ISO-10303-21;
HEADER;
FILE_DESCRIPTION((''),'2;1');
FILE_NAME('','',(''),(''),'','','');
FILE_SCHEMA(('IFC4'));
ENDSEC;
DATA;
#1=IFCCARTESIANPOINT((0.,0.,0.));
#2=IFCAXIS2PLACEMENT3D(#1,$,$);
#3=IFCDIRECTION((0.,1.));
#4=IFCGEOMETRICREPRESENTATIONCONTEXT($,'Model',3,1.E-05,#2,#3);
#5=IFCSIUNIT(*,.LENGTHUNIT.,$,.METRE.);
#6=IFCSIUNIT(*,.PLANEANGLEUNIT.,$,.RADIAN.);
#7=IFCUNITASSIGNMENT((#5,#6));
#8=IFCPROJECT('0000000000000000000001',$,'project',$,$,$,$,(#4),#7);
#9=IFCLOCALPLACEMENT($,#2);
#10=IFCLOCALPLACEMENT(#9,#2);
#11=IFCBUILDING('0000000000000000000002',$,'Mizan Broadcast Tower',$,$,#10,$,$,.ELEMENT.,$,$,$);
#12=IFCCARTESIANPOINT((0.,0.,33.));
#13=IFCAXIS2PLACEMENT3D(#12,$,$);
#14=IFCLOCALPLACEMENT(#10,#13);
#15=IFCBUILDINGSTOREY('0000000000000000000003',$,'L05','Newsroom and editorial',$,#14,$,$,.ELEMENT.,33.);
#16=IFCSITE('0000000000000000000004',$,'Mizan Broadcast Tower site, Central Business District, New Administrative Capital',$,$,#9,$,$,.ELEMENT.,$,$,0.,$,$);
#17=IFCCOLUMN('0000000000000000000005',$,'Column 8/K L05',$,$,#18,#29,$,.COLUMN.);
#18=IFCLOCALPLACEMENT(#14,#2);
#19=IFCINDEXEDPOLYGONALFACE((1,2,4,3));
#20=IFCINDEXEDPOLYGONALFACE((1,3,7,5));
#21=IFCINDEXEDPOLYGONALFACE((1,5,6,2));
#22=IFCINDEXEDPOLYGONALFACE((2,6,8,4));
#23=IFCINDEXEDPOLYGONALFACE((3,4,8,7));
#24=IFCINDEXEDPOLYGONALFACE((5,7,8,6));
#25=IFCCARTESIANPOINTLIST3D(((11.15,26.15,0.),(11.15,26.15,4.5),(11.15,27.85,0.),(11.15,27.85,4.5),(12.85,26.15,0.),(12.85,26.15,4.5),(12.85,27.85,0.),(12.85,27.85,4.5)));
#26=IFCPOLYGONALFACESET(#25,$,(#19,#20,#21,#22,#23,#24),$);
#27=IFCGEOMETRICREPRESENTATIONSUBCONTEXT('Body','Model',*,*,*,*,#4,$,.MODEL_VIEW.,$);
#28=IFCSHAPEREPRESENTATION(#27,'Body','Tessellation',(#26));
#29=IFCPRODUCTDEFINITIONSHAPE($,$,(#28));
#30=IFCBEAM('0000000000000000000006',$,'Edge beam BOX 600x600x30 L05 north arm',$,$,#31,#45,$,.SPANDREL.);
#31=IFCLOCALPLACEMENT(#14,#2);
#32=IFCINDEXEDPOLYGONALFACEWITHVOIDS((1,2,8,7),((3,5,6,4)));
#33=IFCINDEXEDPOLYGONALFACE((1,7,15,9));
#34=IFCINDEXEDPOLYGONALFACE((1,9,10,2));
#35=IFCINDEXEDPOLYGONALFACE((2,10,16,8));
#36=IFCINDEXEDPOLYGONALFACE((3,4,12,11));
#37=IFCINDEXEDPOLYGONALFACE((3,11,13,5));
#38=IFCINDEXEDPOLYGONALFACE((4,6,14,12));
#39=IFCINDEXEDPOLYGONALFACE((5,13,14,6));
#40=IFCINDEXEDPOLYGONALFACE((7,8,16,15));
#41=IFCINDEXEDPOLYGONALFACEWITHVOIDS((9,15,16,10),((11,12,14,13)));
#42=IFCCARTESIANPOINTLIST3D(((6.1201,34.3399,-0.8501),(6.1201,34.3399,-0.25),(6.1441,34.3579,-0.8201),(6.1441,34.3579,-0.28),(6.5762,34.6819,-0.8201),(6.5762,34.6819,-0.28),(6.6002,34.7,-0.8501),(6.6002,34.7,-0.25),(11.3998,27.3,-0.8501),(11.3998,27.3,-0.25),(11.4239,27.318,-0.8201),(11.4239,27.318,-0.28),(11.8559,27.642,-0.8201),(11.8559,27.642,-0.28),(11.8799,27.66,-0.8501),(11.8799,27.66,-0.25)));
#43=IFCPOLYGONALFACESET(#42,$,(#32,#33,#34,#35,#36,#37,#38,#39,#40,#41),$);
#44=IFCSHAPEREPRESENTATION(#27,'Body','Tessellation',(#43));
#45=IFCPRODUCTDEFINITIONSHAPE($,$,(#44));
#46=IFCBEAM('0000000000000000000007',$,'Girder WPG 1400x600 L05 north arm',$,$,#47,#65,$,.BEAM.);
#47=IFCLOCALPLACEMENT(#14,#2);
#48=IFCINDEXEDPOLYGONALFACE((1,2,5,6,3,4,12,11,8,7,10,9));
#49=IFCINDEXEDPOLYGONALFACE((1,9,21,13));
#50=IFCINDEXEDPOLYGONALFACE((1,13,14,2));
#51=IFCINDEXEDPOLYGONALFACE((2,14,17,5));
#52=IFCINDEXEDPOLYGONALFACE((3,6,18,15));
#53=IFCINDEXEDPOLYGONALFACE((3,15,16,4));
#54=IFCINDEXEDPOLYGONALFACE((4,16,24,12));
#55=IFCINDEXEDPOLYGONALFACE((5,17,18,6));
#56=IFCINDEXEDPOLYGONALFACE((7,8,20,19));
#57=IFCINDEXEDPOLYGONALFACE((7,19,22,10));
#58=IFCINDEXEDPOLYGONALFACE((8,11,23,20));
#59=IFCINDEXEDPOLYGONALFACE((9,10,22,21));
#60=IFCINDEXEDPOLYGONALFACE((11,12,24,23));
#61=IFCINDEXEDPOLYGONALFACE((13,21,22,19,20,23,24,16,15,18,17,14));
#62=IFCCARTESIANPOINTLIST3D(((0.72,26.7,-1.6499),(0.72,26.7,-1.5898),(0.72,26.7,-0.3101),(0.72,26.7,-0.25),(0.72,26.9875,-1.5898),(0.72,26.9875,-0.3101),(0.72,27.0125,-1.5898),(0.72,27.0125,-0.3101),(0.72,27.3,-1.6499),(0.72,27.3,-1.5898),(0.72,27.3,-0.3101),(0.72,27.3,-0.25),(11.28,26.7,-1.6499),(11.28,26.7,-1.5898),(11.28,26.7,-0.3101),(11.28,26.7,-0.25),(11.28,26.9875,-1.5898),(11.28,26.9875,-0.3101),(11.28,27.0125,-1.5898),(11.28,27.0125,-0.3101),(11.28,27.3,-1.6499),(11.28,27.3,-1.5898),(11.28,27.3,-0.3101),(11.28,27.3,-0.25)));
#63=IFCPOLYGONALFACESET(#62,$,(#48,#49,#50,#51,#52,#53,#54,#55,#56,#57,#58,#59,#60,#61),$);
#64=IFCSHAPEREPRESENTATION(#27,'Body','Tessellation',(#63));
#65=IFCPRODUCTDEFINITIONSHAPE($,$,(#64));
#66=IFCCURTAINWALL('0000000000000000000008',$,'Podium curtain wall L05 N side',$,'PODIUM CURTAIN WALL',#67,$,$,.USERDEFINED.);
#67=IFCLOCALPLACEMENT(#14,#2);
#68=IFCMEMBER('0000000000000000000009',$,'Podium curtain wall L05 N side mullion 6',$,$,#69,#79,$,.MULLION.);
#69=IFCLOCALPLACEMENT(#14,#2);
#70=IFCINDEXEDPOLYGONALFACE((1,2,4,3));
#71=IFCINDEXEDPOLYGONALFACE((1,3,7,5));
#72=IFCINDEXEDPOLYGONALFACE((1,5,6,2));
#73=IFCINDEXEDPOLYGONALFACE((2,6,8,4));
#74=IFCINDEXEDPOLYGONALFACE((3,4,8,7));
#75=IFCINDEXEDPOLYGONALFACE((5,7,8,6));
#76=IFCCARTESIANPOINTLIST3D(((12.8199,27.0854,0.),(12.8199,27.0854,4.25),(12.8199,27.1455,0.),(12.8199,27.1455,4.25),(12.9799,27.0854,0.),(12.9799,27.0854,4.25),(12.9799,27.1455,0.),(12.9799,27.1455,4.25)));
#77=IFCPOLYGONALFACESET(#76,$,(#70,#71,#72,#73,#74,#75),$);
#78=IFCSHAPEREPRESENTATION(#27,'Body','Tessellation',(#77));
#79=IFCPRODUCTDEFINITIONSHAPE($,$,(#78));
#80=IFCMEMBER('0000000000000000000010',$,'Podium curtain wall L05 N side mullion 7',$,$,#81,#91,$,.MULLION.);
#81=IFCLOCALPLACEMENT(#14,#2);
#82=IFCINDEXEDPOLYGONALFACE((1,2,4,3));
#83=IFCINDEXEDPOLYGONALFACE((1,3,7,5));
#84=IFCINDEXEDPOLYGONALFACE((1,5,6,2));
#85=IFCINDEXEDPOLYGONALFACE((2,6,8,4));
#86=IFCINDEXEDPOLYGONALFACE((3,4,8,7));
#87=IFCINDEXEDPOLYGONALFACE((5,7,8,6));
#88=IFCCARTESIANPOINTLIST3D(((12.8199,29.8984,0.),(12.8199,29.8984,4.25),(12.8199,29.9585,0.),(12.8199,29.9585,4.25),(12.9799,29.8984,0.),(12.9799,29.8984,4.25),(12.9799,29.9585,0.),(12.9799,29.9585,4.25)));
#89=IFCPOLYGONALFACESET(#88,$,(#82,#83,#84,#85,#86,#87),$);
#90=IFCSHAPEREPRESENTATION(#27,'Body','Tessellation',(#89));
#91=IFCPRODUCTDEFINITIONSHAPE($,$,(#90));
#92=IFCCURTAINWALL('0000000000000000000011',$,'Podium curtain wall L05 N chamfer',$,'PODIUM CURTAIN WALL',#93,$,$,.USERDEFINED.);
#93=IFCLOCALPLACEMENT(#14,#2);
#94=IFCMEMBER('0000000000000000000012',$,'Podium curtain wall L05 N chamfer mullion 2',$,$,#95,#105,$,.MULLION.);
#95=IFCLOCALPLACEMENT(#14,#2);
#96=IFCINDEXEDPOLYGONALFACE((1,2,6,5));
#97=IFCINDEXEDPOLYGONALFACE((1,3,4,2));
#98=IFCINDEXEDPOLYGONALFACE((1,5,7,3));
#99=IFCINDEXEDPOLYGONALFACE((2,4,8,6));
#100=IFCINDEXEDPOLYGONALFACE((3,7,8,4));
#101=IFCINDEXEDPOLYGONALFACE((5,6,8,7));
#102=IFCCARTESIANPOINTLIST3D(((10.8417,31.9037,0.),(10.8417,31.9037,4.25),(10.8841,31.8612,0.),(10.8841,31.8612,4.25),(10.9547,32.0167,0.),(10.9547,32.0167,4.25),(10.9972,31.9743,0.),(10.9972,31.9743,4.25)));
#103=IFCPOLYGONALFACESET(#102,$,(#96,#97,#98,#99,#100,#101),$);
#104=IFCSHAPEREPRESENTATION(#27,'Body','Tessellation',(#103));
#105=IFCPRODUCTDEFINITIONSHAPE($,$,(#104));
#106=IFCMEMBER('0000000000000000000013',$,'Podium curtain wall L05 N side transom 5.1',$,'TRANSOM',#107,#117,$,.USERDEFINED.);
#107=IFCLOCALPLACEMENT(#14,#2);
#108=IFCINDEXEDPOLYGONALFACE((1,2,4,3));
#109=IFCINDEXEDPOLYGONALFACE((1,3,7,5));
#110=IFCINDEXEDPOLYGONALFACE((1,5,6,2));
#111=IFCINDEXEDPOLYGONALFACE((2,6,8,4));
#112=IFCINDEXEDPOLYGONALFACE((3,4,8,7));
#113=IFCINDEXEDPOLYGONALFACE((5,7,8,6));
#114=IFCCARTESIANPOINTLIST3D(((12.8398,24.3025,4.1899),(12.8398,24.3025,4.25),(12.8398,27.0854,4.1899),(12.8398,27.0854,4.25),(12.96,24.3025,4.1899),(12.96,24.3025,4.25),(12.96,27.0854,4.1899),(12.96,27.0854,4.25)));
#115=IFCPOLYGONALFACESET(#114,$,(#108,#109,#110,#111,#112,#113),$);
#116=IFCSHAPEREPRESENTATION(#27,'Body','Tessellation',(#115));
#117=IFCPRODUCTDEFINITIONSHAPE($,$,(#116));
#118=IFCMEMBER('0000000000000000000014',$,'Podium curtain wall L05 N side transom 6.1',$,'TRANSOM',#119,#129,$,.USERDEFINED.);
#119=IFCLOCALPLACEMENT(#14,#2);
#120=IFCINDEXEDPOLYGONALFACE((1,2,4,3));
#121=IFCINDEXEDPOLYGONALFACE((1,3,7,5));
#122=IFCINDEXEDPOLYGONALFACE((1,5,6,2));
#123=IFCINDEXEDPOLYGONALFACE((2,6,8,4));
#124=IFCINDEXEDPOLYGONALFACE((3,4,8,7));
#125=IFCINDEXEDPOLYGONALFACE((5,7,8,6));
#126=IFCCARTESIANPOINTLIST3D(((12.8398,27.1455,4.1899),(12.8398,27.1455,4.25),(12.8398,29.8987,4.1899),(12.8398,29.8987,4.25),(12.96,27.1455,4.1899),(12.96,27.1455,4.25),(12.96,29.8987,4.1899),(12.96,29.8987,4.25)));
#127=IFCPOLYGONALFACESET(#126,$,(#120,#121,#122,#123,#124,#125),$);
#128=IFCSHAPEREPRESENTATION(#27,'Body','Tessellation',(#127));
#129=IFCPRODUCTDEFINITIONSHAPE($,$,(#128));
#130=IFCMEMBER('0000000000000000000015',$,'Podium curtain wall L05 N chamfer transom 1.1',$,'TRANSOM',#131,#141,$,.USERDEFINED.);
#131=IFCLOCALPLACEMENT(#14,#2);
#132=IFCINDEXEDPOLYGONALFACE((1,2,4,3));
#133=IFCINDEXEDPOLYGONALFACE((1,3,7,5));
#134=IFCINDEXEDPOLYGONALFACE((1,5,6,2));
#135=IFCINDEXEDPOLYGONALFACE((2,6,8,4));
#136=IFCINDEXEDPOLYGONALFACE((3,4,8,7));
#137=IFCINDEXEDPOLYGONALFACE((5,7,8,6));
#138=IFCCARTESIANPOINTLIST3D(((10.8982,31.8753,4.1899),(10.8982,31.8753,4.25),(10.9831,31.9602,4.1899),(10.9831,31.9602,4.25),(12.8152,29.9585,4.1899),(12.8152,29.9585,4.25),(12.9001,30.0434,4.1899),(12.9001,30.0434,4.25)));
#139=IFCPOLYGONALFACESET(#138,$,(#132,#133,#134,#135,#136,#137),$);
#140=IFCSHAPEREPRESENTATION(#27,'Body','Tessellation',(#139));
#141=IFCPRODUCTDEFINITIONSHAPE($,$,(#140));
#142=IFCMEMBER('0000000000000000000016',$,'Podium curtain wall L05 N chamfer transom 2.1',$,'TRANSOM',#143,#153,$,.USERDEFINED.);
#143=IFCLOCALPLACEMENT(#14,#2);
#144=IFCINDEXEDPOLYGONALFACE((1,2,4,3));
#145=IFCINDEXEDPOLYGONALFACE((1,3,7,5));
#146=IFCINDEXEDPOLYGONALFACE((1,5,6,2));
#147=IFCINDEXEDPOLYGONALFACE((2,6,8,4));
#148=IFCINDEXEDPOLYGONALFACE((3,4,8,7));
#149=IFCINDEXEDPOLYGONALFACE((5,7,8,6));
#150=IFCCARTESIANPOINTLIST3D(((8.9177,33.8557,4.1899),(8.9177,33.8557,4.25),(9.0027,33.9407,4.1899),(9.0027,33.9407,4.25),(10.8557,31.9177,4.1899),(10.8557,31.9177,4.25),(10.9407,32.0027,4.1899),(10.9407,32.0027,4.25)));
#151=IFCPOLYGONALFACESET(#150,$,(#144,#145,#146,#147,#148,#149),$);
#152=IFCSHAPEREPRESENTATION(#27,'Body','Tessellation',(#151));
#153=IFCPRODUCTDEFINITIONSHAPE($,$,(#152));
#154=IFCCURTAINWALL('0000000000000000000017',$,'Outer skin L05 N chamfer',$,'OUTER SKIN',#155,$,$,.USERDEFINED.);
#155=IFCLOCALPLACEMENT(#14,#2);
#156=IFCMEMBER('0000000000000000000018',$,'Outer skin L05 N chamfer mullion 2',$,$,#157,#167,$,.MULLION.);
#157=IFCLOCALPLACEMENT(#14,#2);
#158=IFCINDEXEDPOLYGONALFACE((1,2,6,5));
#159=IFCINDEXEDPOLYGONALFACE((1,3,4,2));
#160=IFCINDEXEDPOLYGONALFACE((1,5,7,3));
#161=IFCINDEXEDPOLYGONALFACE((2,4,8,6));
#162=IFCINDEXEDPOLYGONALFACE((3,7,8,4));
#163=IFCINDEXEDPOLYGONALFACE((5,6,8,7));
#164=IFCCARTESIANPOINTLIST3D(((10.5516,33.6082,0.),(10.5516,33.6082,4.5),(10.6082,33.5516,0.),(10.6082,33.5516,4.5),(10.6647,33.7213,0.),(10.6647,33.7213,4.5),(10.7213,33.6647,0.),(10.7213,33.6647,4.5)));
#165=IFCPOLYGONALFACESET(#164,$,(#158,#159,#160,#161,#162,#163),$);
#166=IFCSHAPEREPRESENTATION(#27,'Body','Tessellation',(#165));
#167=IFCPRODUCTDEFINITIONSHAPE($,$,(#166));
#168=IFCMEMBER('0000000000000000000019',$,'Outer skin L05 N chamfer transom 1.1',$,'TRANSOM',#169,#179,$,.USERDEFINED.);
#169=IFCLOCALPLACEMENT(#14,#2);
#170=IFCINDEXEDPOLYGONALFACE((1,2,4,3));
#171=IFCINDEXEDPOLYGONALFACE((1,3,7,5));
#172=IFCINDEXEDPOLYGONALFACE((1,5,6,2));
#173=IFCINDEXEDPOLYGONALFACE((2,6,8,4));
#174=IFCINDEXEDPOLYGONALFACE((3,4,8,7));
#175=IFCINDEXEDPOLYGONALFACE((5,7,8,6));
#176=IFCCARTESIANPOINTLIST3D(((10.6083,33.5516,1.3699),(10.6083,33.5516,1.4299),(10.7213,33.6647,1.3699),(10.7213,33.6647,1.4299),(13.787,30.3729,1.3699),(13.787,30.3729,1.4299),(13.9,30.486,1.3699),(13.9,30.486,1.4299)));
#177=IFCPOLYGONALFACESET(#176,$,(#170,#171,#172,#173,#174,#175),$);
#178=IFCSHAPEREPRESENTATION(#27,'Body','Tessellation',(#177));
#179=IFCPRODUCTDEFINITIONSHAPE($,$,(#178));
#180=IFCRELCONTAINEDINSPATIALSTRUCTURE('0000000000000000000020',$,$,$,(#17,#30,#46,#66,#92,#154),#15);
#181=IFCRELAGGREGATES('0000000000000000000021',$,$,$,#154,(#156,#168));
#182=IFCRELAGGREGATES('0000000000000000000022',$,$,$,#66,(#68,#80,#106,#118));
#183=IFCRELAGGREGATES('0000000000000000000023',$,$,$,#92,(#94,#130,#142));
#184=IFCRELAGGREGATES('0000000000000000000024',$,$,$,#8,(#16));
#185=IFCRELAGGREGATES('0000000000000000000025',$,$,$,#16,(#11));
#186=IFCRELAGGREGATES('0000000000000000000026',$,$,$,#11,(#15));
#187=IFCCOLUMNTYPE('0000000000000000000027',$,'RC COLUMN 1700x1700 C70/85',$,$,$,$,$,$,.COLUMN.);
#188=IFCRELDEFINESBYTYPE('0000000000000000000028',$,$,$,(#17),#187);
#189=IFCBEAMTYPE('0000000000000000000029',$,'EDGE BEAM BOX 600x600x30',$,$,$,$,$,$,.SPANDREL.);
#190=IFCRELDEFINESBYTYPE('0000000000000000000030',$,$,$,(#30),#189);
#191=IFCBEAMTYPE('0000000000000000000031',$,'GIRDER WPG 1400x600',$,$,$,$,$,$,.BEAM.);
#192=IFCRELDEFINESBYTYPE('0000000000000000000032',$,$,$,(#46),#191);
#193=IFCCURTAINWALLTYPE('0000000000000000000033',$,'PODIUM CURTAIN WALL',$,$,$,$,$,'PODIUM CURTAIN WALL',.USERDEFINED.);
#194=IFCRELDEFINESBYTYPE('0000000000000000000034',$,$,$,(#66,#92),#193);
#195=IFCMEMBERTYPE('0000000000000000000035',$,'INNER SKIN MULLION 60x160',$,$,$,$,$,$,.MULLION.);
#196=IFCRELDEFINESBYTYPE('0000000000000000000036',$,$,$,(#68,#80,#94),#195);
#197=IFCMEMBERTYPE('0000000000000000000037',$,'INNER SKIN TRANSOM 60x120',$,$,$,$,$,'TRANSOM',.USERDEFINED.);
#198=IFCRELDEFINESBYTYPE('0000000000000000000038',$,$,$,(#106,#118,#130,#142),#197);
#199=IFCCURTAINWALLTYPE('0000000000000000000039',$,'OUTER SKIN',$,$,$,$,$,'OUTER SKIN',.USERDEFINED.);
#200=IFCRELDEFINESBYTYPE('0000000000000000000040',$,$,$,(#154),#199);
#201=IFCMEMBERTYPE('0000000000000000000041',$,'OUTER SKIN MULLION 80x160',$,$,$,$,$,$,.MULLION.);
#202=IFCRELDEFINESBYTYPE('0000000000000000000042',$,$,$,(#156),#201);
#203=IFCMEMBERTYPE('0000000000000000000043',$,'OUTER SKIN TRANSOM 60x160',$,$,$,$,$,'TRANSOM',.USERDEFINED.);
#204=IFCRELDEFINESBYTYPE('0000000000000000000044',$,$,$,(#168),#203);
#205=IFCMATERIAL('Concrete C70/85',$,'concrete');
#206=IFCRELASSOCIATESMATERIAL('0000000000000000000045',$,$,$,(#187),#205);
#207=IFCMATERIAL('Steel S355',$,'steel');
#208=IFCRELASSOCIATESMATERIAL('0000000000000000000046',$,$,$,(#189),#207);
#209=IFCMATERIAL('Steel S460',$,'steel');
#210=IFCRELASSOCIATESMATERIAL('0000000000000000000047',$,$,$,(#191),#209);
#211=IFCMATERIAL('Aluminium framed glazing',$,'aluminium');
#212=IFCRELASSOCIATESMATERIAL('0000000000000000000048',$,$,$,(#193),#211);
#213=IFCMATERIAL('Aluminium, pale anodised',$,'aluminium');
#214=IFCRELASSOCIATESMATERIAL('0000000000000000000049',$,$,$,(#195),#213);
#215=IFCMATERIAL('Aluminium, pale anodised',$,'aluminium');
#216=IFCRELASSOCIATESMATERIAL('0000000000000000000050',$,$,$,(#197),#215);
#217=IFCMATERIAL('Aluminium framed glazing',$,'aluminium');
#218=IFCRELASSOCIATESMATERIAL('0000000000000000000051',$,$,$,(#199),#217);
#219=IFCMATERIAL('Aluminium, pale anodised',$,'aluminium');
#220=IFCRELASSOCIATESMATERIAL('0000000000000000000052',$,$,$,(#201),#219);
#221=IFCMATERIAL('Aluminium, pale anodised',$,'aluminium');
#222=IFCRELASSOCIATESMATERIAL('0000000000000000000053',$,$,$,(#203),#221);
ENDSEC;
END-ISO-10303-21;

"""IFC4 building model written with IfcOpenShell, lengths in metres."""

from ifc_helpers import new_model, si_unit, direction, frame, origin, origin_2d, place, context, subcontext, project, spatial, rectangle, hollow_rectangle, i_section, extrude, material, material_profile, profile_set, type_object, element, aggregate, save


model = new_model("IFC4")

# Units and contexts
model_context = context("Model", 3, precision=1e-05, world=origin(), true_north=direction((0.0, 1.0)))
body_context = subcontext(model_context, "Body", "Model", "MODEL_VIEW")
ifc_project = project(units=[si_unit("LENGTHUNIT", "METRE"), si_unit("PLANEANGLEUNIT", "RADIAN")], contexts=[model_context])

# Site, building, storey
site_placement = place(None, origin())
site = spatial("IfcSite", under=ifc_project, at=site_placement, Name="Mizan Broadcast Tower site, Central Business District, New Administrative Capital", CompositionType="ELEMENT", RefElevation=0.0)
building_placement = place(site_placement, origin())
building = spatial("IfcBuilding", under=site, at=building_placement, Name="Mizan Broadcast Tower", CompositionType="ELEMENT")
storey_placement = place(building_placement, frame((0.0, 0.0, 33.0)))
storey = spatial("IfcBuildingStorey", under=building, at=storey_placement, Name="L05", Description="Newsroom and editorial", CompositionType="ELEMENT", Elevation=33.0)

# Column
ifc_material_1 = material(Name="Concrete C70/85", Category="concrete")
ifc_material_profile_1 = material_profile(ifc_material_1, rectangle(XDim=1.7, YDim=1.7, at=origin_2d()), Name="RC 1700x1700")
ifc_profile_set_1 = profile_set([ifc_material_profile_1], Name="Concrete C70/85")
column_type = type_object("IfcColumnType", Name="RC COLUMN 1700x1700 C70/85", PredefinedType="COLUMN", material=ifc_profile_set_1)
column_placement = place(storey_placement, frame((12.0, 27.0, 0.0), z_axis=(0.0, 0.0, 1.0), x_axis=(1.0, 0.0, 0.0)))
element("IfcColumn", 1, at=column_placement, inside=storey, type_object=column_type, Name="Column 8/K L05", PredefinedType="COLUMN", context=body_context, shape_type="SweptSolid", body=[
    extrude(rectangle(XDim=1.7, YDim=1.7, at=origin_2d()), origin(), (0.0, 0.0, 1.0), 4.5),
])

# Beams
ifc_material_2 = material(Name="Steel S355", Category="steel")
ifc_material_profile_2 = material_profile(ifc_material_2, hollow_rectangle(XDim=0.6001, YDim=0.6001, WallThickness=0.03, at=origin_2d()), Name="BOX 600x600x30")
ifc_profile_set_2 = profile_set([ifc_material_profile_2], Name="Steel S355")
beam_type_1 = type_object("IfcBeamType", Name="EDGE BEAM BOX 600x600x30", PredefinedType="SPANDREL", material=ifc_profile_set_2)
beam_1_placement = place(storey_placement, frame((11.6399, 27.48, -0.55), z_axis=(-0.599982, 0.800013, 0.0), x_axis=(-0.800013, -0.599982, 0.0)))
element("IfcBeam", 2, at=beam_1_placement, inside=storey, type_object=beam_type_1, Name="Edge beam BOX 600x600x30 L05 north arm", PredefinedType="SPANDREL", context=body_context, shape_type="SweptSolid", body=[
    extrude(hollow_rectangle(XDim=0.6001, YDim=0.6001, WallThickness=0.03, at=origin_2d()), origin(), (0.0, 0.0, 1.0), 8.7998),
])
ifc_material_3 = material(Name="Steel S460", Category="steel")
ifc_material_profile_3 = material_profile(ifc_material_3, i_section(OverallWidth=0.6001, OverallDepth=1.3999, WebThickness=0.0249, FlangeThickness=0.0601, at=origin_2d()), Name="WPG 1400x600")
ifc_profile_set_3 = profile_set([ifc_material_profile_3], Name="Steel S460")
beam_type_2 = type_object("IfcBeamType", Name="GIRDER WPG 1400x600", PredefinedType="BEAM", material=ifc_profile_set_3)
beam_2_placement = place(storey_placement, frame((11.28, 27.0, -0.95), z_axis=(-1.0, 0.0, 0.0), x_axis=(0.0, -1.0, 0.0)))
element("IfcBeam", 3, at=beam_2_placement, inside=storey, type_object=beam_type_2, Name="Girder WPG 1400x600 L05 north arm", PredefinedType="BEAM", context=body_context, shape_type="SweptSolid", body=[
    extrude(i_section(OverallWidth=0.6001, OverallDepth=1.3999, WebThickness=0.0249, FlangeThickness=0.0601, at=origin_2d()), origin(), (0.0, 0.0, 1.0), 10.5601),
])

# Curtain wall, members
ifc_material_4 = material(Name="Aluminium framed glazing", Category="aluminium")
curtain_wall_type_1 = type_object("IfcCurtainWallType", Name="PODIUM CURTAIN WALL", ElementType="PODIUM CURTAIN WALL", PredefinedType="USERDEFINED", material=ifc_material_4)
curtain_wall_1_placement = place(storey_placement, origin())
curtain_wall_1 = element("IfcCurtainWall", 4, at=curtain_wall_1_placement, inside=storey, type_object=curtain_wall_type_1, Name="Podium curtain wall L05 N side", ObjectType="PODIUM CURTAIN WALL", PredefinedType="USERDEFINED")
ifc_material_5 = material(Name="Aluminium, pale anodised", Category="aluminium")
ifc_material_profile_4 = material_profile(ifc_material_5, rectangle(XDim=0.1599, YDim=0.0601, at=origin_2d()), Name="MULLION 160x60")
ifc_profile_set_4 = profile_set([ifc_material_profile_4], Name="Aluminium, pale anodised")
member_type_1 = type_object("IfcMemberType", Name="INNER SKIN MULLION 60x160", PredefinedType="MULLION", material=ifc_profile_set_4)
member_1_placement = place(storey_placement, frame((12.8999, 27.1155, 0.0), z_axis=(0.0, 0.0, 1.0), x_axis=(-1.0, 0.0, 0.0)))
member_1 = element("IfcMember", 5, at=member_1_placement, type_object=member_type_1, Name="Podium curtain wall L05 N side mullion 6", PredefinedType="MULLION", context=body_context, shape_type="SweptSolid", body=[
    extrude(rectangle(XDim=0.1599, YDim=0.0601, at=origin_2d()), origin(), (0.0, 0.0, 1.0), 4.25),
])
member_2_placement = place(storey_placement, frame((12.8999, 29.9285, 0.0), z_axis=(0.0, 0.0, 1.0), x_axis=(-1.0, 0.0, 0.0)))
member_2 = element("IfcMember", 6, at=member_2_placement, type_object=member_type_1, Name="Podium curtain wall L05 N side mullion 7", PredefinedType="MULLION", context=body_context, shape_type="SweptSolid", body=[
    extrude(rectangle(XDim=0.1599, YDim=0.0601, at=origin_2d()), origin(), (0.0, 0.0, 1.0), 4.25),
])

# Curtain wall, member
curtain_wall_2_placement = place(storey_placement, origin())
curtain_wall_2 = element("IfcCurtainWall", 7, at=curtain_wall_2_placement, inside=storey, type_object=curtain_wall_type_1, Name="Podium curtain wall L05 N chamfer", ObjectType="PODIUM CURTAIN WALL", PredefinedType="USERDEFINED")
member_3_placement = place(storey_placement, frame((10.9194, 31.939, 0.0), z_axis=(0.0, 0.0, 1.0), x_axis=(-0.707107, -0.707107, 0.0)))
member_3 = element("IfcMember", 8, at=member_3_placement, type_object=member_type_1, Name="Podium curtain wall L05 N chamfer mullion 2", PredefinedType="MULLION", context=body_context, shape_type="SweptSolid", body=[
    extrude(rectangle(XDim=0.1599, YDim=0.0601, at=origin_2d()), origin(), (0.0, 0.0, 1.0), 4.25),
])

# Members
ifc_material_6 = material(Name="Aluminium, pale anodised", Category="aluminium")
ifc_material_profile_5 = material_profile(ifc_material_6, rectangle(XDim=0.1201, YDim=0.0601, at=origin_2d()), Name="TRANSOM 120x60")
ifc_profile_set_5 = profile_set([ifc_material_profile_5], Name="Aluminium, pale anodised")
member_type_2 = type_object("IfcMemberType", Name="INNER SKIN TRANSOM 60x120", ElementType="TRANSOM", PredefinedType="USERDEFINED", material=ifc_profile_set_5)
member_4_placement = place(storey_placement, frame((12.8999, 24.3025, 4.22), z_axis=(0.0, 1.0, 0.0), x_axis=(-1.0, 0.0, 0.0)))
member_4 = element("IfcMember", 9, at=member_4_placement, type_object=member_type_2, Name="Podium curtain wall L05 N side transom 5.1", ObjectType="TRANSOM", PredefinedType="USERDEFINED", context=body_context, shape_type="SweptSolid", body=[
    extrude(rectangle(XDim=0.1201, YDim=0.0601, at=origin_2d()), origin(), (0.0, 0.0, 1.0), 2.783),
])
member_5_placement = place(storey_placement, frame((12.8999, 27.1455, 4.22), z_axis=(0.0, 1.0, 0.0), x_axis=(-1.0, 0.0, 0.0)))
member_5 = element("IfcMember", 10, at=member_5_placement, type_object=member_type_2, Name="Podium curtain wall L05 N side transom 6.1", ObjectType="TRANSOM", PredefinedType="USERDEFINED", context=body_context, shape_type="SweptSolid", body=[
    extrude(rectangle(XDim=0.1201, YDim=0.0601, at=origin_2d()), origin(), (0.0, 0.0, 1.0), 2.7532),
])
member_6_placement = place(storey_placement, frame((12.8577, 30.001, 4.22), z_axis=(-0.707152, 0.707062, 0.0), x_axis=(-0.707062, -0.707152, 0.0)))
member_6 = element("IfcMember", 11, at=member_6_placement, type_object=member_type_2, Name="Podium curtain wall L05 N chamfer transom 1.1", ObjectType="TRANSOM", PredefinedType="USERDEFINED", context=body_context, shape_type="SweptSolid", body=[
    extrude(rectangle(XDim=0.1201, YDim=0.0601, at=origin_2d()), origin(), (0.0, 0.0, 1.0), 2.7109),
])
member_7_placement = place(storey_placement, frame((10.8982, 31.9602, 4.22), z_axis=(-0.707107, 0.707107, 0.0), x_axis=(-0.707107, -0.707107, 0.0)))
member_7 = element("IfcMember", 12, at=member_7_placement, type_object=member_type_2, Name="Podium curtain wall L05 N chamfer transom 2.1", ObjectType="TRANSOM", PredefinedType="USERDEFINED", context=body_context, shape_type="SweptSolid", body=[
    extrude(rectangle(XDim=0.1201, YDim=0.0601, at=origin_2d()), origin(), (0.0, 0.0, 1.0), 2.7407),
])

# Curtain wall, members
ifc_material_7 = material(Name="Aluminium framed glazing", Category="aluminium")
curtain_wall_type_2 = type_object("IfcCurtainWallType", Name="OUTER SKIN", ElementType="OUTER SKIN", PredefinedType="USERDEFINED", material=ifc_material_7)
curtain_wall_3_placement = place(storey_placement, origin())
curtain_wall_3 = element("IfcCurtainWall", 13, at=curtain_wall_3_placement, inside=storey, type_object=curtain_wall_type_2, Name="Outer skin L05 N chamfer", ObjectType="OUTER SKIN", PredefinedType="USERDEFINED")
ifc_material_8 = material(Name="Aluminium, pale anodised", Category="aluminium")
ifc_material_profile_6 = material_profile(ifc_material_8, rectangle(XDim=0.1599, YDim=0.0801, at=origin_2d()), Name="MULLION 160x80")
ifc_profile_set_6 = profile_set([ifc_material_profile_6], Name="Aluminium, pale anodised")
member_type_3 = type_object("IfcMemberType", Name="OUTER SKIN MULLION 80x160", PredefinedType="MULLION", material=ifc_profile_set_6)
member_8_placement = place(storey_placement, frame((10.6365, 33.6365, 0.0), z_axis=(0.0, 0.0, 1.0), x_axis=(-0.707107, -0.707107, 0.0)))
member_8 = element("IfcMember", 14, at=member_8_placement, type_object=member_type_3, Name="Outer skin L05 N chamfer mullion 2", PredefinedType="MULLION", context=body_context, shape_type="SweptSolid", body=[
    extrude(rectangle(XDim=0.1599, YDim=0.0801, at=origin_2d()), origin(), (0.0, 0.0, 1.0), 4.5),
])
ifc_material_9 = material(Name="Aluminium, pale anodised", Category="aluminium")
ifc_material_profile_7 = material_profile(ifc_material_9, rectangle(XDim=0.1599, YDim=0.0601, at=origin_2d()), Name="TRANSOM 160x60")
ifc_profile_set_7 = profile_set([ifc_material_profile_7], Name="Aluminium, pale anodised")
member_type_4 = type_object("IfcMemberType", Name="OUTER SKIN TRANSOM 60x160", ElementType="TRANSOM", PredefinedType="USERDEFINED", material=ifc_profile_set_7)
member_9_placement = place(storey_placement, frame((13.8435, 30.4294, 1.3999), z_axis=(-0.707107, 0.707107, 0.0), x_axis=(-0.707107, -0.707107, 0.0)))
member_9 = element("IfcMember", 15, at=member_9_placement, type_object=member_type_4, Name="Outer skin L05 N chamfer transom 1.1", ObjectType="TRANSOM", PredefinedType="USERDEFINED", context=body_context, shape_type="SweptSolid", body=[
    extrude(rectangle(XDim=0.1599, YDim=0.0601, at=origin_2d()), origin(), (0.0, 0.0, 1.0), 4.4954),
])

aggregate(curtain_wall_3, [member_8, member_9])
aggregate(curtain_wall_1, [member_1, member_2, member_4, member_5])
aggregate(curtain_wall_2, [member_3, member_6, member_7])

save(model, "model.ifc")
